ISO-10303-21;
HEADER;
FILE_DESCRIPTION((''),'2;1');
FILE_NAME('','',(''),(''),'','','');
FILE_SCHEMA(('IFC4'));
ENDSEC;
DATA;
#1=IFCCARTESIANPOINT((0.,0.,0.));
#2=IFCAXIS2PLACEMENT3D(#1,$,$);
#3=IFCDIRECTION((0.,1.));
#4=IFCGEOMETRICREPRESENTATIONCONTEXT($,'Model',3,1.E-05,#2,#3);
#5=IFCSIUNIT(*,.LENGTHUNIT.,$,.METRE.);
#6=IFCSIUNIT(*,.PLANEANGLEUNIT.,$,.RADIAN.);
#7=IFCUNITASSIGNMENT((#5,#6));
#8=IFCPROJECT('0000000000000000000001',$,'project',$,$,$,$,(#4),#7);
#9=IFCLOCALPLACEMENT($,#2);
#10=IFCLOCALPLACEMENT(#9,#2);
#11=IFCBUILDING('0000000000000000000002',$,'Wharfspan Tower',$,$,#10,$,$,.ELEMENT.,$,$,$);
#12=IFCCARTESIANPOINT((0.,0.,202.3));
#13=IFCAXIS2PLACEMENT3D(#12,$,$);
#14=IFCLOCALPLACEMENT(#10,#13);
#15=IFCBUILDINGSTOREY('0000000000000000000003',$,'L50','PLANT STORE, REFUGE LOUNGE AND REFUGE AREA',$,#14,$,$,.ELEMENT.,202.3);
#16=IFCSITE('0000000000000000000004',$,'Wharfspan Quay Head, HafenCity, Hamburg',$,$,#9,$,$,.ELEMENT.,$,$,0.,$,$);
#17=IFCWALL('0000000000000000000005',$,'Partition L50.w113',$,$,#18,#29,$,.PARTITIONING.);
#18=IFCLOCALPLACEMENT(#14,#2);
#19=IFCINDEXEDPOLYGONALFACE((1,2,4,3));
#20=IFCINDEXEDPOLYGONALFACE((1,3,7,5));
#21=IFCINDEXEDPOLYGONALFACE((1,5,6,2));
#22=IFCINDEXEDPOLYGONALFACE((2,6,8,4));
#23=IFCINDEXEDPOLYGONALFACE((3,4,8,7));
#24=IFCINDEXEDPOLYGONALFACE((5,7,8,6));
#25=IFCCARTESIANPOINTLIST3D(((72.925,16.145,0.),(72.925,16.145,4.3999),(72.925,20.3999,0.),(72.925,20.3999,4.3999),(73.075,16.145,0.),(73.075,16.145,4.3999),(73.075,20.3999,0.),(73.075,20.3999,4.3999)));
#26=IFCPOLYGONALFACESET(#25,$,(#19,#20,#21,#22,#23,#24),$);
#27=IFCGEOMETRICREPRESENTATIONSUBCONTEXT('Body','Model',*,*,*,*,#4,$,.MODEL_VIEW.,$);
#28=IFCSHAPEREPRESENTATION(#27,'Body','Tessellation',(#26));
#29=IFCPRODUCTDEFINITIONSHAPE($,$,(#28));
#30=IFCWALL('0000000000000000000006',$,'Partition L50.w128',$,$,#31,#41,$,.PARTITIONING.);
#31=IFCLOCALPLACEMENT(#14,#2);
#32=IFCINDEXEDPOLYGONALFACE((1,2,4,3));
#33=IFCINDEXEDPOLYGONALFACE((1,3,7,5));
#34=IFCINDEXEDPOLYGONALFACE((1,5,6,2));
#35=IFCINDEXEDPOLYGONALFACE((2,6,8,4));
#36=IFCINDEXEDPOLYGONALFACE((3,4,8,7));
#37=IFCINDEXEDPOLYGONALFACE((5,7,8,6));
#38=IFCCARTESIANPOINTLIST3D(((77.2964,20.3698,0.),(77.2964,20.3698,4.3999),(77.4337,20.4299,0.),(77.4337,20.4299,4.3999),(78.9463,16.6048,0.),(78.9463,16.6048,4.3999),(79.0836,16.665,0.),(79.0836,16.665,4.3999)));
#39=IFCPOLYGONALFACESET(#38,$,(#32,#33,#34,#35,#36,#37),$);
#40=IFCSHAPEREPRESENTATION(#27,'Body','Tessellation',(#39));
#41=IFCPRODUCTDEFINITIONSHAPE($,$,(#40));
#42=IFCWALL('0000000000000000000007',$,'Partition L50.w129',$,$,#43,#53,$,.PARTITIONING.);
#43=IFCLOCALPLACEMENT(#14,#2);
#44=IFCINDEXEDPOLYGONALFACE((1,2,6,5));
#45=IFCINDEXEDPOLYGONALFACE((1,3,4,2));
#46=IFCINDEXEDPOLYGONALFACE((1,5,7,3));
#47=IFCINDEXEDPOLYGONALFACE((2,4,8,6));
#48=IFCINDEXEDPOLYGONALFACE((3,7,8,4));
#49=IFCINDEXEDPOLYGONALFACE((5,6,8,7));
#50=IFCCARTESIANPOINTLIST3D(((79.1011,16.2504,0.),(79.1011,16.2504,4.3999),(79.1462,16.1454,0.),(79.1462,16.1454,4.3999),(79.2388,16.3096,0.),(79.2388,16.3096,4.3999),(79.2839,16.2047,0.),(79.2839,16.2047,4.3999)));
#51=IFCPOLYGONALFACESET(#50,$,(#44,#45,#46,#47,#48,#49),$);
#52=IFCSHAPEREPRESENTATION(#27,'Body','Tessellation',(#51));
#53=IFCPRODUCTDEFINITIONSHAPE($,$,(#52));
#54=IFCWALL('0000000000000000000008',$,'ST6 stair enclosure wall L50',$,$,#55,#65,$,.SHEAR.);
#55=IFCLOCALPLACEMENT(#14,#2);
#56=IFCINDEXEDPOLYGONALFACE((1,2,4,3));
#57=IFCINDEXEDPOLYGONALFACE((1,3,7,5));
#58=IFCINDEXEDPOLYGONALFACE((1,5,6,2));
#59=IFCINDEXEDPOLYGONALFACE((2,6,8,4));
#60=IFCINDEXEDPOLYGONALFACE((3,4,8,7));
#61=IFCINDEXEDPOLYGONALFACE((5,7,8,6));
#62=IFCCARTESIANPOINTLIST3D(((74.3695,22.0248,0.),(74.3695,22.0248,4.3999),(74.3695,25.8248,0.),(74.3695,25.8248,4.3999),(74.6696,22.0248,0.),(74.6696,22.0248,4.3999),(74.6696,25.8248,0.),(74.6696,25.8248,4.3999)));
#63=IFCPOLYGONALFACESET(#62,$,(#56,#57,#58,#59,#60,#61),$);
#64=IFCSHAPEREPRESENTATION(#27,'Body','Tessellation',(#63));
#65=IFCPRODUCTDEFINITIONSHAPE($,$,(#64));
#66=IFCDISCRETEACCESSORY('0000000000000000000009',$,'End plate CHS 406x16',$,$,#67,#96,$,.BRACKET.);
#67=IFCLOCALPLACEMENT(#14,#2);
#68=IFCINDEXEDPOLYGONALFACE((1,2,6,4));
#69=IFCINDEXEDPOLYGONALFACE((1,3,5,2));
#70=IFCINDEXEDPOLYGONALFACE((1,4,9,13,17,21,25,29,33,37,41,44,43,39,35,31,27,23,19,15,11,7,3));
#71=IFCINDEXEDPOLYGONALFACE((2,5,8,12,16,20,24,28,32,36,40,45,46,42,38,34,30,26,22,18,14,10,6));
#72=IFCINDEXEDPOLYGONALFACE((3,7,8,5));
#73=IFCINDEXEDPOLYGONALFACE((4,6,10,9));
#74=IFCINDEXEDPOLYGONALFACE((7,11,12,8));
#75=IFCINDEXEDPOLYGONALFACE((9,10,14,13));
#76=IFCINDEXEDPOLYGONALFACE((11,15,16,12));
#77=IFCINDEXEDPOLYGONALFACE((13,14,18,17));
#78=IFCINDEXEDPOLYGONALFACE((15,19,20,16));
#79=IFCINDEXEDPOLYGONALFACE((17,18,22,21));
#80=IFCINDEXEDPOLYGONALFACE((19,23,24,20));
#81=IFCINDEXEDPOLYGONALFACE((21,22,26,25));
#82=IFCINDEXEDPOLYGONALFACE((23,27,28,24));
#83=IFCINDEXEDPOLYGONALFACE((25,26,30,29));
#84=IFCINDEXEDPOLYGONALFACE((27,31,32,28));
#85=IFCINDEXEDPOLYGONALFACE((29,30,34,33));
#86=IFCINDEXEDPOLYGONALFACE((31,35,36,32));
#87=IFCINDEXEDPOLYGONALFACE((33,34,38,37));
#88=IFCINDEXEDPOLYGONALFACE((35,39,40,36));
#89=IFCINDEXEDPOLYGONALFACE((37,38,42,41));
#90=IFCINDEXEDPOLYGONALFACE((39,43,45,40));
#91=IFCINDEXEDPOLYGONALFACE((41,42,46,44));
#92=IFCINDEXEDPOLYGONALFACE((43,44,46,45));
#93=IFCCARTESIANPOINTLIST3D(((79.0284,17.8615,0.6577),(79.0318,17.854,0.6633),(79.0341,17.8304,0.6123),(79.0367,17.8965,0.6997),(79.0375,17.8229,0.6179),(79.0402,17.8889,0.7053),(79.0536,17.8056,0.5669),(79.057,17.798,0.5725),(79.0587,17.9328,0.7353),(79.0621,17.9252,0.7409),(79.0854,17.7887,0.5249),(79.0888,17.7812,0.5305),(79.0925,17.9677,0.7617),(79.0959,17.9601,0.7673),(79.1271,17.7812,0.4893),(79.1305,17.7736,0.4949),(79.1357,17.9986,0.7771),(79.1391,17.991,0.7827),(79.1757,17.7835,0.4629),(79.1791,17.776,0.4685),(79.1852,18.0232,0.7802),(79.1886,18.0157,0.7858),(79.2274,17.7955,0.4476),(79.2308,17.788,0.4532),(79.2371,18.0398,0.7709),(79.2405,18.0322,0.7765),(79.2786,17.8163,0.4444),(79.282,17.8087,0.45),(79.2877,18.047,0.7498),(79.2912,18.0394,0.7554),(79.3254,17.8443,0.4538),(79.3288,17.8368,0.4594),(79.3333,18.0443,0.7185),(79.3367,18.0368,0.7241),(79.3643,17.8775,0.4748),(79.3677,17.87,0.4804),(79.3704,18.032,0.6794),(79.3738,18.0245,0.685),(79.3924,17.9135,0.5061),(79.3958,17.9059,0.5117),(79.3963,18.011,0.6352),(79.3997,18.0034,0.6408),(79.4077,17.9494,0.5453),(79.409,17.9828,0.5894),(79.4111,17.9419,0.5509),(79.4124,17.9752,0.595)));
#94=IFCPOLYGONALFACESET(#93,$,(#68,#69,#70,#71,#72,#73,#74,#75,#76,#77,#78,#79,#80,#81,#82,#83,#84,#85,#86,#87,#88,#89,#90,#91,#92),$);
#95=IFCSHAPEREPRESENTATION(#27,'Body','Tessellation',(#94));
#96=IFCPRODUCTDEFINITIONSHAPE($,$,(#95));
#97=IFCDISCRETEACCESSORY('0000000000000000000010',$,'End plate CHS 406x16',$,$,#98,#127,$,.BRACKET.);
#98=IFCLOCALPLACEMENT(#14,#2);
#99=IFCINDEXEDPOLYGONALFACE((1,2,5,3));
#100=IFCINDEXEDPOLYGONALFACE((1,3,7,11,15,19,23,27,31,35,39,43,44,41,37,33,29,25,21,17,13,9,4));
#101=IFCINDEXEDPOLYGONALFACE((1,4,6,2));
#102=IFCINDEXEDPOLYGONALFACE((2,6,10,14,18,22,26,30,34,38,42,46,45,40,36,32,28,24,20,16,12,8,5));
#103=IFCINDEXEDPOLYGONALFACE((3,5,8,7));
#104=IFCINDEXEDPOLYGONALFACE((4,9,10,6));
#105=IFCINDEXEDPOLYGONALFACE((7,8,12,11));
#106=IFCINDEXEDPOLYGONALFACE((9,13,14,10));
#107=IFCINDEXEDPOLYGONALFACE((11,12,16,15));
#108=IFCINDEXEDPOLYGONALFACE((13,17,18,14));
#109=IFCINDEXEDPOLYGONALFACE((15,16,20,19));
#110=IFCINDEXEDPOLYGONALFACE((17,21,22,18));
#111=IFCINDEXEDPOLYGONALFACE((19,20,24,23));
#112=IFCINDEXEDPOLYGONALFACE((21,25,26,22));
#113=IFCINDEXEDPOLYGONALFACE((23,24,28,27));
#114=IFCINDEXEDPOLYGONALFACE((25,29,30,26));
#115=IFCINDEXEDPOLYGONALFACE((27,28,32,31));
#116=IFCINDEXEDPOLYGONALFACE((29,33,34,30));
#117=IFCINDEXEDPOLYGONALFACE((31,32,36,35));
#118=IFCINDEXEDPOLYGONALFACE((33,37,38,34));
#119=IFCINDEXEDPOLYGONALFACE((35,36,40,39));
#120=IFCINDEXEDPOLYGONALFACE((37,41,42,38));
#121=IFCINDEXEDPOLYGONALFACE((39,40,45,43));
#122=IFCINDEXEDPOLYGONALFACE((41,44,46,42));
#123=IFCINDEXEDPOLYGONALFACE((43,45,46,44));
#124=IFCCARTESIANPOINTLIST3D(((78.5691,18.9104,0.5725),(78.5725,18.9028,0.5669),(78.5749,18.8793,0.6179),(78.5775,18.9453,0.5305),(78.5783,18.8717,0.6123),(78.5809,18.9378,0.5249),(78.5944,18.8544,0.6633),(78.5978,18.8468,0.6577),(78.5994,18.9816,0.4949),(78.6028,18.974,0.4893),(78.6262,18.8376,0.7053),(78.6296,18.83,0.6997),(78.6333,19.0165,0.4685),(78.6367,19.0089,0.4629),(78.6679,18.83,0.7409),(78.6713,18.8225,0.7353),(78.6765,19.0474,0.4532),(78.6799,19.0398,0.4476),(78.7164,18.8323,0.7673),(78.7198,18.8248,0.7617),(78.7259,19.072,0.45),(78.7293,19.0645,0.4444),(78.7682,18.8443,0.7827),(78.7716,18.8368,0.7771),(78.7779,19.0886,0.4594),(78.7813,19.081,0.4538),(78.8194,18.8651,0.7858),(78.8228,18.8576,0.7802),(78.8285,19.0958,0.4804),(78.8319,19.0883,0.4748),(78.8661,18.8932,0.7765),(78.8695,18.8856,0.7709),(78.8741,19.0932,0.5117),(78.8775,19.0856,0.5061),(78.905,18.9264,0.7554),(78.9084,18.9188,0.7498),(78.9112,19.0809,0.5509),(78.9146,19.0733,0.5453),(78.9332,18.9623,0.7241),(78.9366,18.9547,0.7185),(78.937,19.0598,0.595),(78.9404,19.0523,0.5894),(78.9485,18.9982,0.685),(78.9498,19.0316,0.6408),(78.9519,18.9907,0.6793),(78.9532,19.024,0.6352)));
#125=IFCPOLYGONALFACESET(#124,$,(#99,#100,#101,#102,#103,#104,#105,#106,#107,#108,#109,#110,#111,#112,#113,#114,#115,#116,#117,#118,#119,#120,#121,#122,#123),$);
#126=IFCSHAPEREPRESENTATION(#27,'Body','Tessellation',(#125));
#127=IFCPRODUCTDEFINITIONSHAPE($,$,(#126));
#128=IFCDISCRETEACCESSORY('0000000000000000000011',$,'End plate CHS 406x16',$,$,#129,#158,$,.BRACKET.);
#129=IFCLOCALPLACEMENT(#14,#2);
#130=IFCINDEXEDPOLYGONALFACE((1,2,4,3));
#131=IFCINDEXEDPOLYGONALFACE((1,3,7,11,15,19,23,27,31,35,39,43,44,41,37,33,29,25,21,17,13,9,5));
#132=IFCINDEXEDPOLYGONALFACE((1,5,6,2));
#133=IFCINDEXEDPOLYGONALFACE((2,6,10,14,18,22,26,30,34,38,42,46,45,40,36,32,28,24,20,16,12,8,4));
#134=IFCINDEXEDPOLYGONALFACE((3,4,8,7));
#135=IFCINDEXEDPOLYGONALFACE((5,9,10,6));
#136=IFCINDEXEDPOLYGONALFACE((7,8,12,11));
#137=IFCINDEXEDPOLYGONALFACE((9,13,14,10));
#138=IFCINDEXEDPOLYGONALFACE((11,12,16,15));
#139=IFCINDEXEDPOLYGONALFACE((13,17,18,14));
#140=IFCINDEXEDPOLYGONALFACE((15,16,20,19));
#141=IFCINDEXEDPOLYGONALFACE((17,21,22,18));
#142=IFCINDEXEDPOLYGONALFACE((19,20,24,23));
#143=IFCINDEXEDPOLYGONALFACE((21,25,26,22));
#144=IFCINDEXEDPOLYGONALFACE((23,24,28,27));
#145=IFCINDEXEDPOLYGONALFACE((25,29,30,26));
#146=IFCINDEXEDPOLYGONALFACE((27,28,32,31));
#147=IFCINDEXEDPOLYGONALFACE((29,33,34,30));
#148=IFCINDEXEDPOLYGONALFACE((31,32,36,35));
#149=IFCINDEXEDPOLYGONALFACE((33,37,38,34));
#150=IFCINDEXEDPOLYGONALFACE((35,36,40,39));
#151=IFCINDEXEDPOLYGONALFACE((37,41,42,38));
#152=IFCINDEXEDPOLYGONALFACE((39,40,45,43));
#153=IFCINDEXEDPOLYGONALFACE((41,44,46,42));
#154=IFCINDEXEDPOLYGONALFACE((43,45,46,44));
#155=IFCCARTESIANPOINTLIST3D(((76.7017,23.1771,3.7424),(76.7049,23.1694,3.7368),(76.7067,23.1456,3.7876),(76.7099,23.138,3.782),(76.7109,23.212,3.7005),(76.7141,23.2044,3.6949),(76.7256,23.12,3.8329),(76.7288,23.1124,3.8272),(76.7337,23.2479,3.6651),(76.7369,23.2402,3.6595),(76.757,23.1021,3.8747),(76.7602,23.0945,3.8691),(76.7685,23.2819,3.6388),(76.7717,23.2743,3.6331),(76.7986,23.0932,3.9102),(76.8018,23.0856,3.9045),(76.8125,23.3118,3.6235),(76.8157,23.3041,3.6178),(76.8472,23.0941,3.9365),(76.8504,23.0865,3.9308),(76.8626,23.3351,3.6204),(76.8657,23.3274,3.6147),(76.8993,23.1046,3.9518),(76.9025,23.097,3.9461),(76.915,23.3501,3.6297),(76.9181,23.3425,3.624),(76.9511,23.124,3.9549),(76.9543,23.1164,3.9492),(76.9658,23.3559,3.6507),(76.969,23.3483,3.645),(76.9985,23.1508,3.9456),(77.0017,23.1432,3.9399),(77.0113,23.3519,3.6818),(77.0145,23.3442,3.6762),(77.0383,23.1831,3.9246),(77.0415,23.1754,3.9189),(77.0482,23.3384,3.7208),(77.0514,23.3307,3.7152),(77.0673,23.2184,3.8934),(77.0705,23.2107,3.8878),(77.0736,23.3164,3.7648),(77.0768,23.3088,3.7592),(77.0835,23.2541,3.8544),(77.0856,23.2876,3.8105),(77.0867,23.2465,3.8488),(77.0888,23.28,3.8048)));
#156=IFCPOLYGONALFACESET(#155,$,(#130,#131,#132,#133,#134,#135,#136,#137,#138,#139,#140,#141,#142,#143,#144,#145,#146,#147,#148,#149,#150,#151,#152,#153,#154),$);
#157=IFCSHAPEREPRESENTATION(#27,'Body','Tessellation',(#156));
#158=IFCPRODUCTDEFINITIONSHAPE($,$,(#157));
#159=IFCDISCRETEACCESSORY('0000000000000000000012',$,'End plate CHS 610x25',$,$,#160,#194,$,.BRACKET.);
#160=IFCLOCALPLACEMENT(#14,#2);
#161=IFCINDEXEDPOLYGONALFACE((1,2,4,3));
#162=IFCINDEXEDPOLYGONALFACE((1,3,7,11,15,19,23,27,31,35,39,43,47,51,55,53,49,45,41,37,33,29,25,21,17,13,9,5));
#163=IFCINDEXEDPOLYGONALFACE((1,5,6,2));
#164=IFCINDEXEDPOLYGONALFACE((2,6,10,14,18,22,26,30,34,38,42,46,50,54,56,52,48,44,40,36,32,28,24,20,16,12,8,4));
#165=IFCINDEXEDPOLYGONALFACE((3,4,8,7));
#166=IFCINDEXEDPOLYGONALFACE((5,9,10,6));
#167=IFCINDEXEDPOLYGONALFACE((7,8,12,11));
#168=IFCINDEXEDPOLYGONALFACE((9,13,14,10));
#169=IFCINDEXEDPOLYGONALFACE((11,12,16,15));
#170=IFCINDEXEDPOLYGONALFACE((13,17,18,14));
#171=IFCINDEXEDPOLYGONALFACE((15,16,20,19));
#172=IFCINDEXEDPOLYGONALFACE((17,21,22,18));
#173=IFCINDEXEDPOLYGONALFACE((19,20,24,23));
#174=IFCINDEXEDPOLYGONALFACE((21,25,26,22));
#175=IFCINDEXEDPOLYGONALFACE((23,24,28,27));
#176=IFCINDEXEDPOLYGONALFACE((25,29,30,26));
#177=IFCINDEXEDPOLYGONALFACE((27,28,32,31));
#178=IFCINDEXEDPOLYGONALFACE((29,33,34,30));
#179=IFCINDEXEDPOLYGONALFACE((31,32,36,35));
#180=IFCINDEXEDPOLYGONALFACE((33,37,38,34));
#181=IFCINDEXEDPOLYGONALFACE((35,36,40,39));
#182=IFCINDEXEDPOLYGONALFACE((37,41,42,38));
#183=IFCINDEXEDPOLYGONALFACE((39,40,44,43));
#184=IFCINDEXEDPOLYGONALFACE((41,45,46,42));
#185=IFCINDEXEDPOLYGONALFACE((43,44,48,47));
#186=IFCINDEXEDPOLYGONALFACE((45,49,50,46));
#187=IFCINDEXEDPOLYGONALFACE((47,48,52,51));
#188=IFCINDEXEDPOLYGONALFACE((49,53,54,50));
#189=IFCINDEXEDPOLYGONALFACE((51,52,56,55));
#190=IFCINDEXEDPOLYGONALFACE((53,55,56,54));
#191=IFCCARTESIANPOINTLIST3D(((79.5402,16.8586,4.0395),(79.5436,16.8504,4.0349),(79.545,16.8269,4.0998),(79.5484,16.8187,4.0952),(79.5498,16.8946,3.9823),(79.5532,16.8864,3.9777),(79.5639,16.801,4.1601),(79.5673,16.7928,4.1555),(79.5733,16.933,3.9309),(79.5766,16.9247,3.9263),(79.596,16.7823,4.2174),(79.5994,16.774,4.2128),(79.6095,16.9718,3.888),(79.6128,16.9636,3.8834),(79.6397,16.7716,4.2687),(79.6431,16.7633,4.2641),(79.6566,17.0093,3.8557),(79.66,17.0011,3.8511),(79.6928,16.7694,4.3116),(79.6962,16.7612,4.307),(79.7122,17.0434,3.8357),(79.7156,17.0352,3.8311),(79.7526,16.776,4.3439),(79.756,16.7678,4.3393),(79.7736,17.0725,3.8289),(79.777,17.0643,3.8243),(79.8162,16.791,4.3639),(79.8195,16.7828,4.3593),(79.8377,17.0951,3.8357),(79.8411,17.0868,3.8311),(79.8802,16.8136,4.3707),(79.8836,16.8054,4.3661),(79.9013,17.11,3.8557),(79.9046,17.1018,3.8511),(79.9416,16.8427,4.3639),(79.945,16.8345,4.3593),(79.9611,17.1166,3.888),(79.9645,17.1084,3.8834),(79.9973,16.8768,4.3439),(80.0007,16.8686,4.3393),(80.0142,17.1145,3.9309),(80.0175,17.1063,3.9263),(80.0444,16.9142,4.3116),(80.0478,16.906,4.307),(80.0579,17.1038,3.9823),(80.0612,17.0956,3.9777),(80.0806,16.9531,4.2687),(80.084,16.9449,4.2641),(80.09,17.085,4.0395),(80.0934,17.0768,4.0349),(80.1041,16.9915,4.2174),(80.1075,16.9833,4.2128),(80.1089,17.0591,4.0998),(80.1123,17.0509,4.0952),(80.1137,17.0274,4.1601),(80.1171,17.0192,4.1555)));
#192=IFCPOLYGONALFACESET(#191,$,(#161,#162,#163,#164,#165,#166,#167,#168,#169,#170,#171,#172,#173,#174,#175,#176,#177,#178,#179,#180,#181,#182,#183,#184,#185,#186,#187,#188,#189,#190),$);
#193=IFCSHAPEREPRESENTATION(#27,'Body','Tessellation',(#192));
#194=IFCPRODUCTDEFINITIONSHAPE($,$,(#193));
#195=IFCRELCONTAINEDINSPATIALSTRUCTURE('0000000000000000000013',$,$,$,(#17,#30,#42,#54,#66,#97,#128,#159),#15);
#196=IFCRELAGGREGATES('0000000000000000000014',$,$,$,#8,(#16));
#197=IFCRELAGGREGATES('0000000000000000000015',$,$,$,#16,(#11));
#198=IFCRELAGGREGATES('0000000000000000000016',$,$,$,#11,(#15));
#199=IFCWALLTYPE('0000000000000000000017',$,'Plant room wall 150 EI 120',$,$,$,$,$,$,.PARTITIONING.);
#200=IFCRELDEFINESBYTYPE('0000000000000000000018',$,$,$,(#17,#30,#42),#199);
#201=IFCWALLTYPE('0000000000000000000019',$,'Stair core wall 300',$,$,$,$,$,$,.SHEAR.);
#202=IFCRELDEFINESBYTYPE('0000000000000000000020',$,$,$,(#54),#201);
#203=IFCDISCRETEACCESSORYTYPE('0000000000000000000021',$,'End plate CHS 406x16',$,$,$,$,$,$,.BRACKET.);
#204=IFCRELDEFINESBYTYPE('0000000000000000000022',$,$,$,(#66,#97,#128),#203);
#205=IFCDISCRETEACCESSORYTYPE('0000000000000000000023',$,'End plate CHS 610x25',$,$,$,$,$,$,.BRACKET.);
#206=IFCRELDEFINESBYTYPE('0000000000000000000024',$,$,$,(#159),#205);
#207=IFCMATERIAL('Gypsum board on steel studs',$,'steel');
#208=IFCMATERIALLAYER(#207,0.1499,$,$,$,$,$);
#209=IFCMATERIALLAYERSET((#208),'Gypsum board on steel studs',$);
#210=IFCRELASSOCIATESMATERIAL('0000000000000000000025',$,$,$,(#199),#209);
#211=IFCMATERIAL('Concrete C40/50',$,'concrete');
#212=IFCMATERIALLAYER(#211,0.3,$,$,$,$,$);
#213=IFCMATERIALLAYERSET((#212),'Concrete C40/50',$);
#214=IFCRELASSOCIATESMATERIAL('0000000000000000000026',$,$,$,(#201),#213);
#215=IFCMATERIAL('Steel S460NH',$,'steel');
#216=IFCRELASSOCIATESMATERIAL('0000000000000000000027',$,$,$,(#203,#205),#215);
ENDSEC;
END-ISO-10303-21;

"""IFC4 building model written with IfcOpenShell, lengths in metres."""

from ifc_helpers import new_model, si_unit, direction, frame, frame_2d, origin, origin_2d, place, context, subcontext, project, spatial, rectangle, circle, extrude, material, layer, layer_set, material_profile, profile_set, type_object, element, save


model = new_model("IFC4")

# Units and contexts
model_context = context("Model", 3, precision=1e-05, world=origin(), true_north=direction((0.0, 1.0)))
body_context = subcontext(model_context, "Body", "Model", "MODEL_VIEW")
ifc_project = project(units=[si_unit("LENGTHUNIT", "METRE"), si_unit("PLANEANGLEUNIT", "RADIAN")], contexts=[model_context])

# Site, building, storey
site_placement = place(None, origin())
site = spatial("IfcSite", under=ifc_project, at=site_placement, Name="Wharfspan Quay Head, HafenCity, Hamburg", CompositionType="ELEMENT", RefElevation=0.0)
building_placement = place(site_placement, origin())
building = spatial("IfcBuilding", under=site, at=building_placement, Name="Wharfspan Tower", CompositionType="ELEMENT")
storey_placement = place(building_placement, frame((0.0, 0.0, 202.3)))
storey = spatial("IfcBuildingStorey", under=building, at=storey_placement, Name="L50", Description="PLANT STORE, REFUGE LOUNGE AND REFUGE AREA", CompositionType="ELEMENT", Elevation=202.3)

# Shared definitions
ifc_material_1 = material(Name="Steel S460NH", Category="steel")

# Walls
ifc_material_2 = material(Name="Gypsum board on steel studs", Category="steel")
ifc_layer_1 = layer(ifc_material_2, 0.1499)
ifc_layer_set_1 = layer_set([ifc_layer_1], Name="Gypsum board on steel studs")
wall_type_1 = type_object("IfcWallType", Name="Plant room wall 150 EI 120", PredefinedType="PARTITIONING", material=ifc_layer_set_1)
wall_1_placement = place(storey_placement, frame((73.0, 16.145, 0.0), z_axis=(0.0, 0.0, 1.0), x_axis=(0.0, 1.0, 0.0)))
element("IfcWall", 1, at=wall_1_placement, inside=storey, type_object=wall_type_1, Name="Partition L50.w113", PredefinedType="PARTITIONING", context=body_context, shape_type="SweptSolid", body=[
    extrude(rectangle(XDim=4.2549, YDim=0.1499, at=frame_2d((2.1274, 0.0))), origin(), (0.0, 0.0, 1.0), 4.3999),
])
wall_2_placement = place(storey_placement, frame((79.0149, 16.635, 0.0), z_axis=(0.0, 0.0, 1.0), x_axis=(-0.401383, 0.915911, 0.0)))
element("IfcWall", 2, at=wall_2_placement, inside=storey, type_object=wall_type_1, Name="Partition L50.w128", PredefinedType="PARTITIONING", context=body_context, shape_type="SweptSolid", body=[
    extrude(rectangle(XDim=4.1106, YDim=0.1499, at=frame_2d((2.0552, 0.0))), origin(), (0.0, 0.0, 1.0), 4.3999),
])
wall_3_placement = place(storey_placement, frame((79.2151, 16.175, 0.0), z_axis=(0.0, 0.0, 1.0), x_axis=(-0.395209, 0.918594, 0.0)))
element("IfcWall", 3, at=wall_3_placement, inside=storey, type_object=wall_type_1, Name="Partition L50.w129", PredefinedType="PARTITIONING", context=body_context, shape_type="SweptSolid", body=[
    extrude(rectangle(XDim=0.1143, YDim=0.1499, at=frame_2d((0.0571, 0.0))), origin(), (0.0, 0.0, 1.0), 4.3999),
])
ifc_material_3 = material(Name="Concrete C40/50", Category="concrete")
ifc_layer_2 = layer(ifc_material_3, 0.3)
ifc_layer_set_2 = layer_set([ifc_layer_2], Name="Concrete C40/50")
wall_type_2 = type_object("IfcWallType", Name="Stair core wall 300", PredefinedType="SHEAR", material=ifc_layer_set_2)
wall_4_placement = place(storey_placement, frame((74.5195, 22.0249, 0.0), z_axis=(0.0, 0.0, 1.0), x_axis=(0.0, 1.0, 0.0)))
element("IfcWall", 4, at=wall_4_placement, inside=storey, type_object=wall_type_2, Name="ST6 stair enclosure wall L50", PredefinedType="SHEAR", context=body_context, shape_type="SweptSolid", body=[
    extrude(rectangle(XDim=3.8, YDim=0.3, at=frame_2d((1.8999, 0.0))), origin(), (0.0, 0.0, 1.0), 4.3999),
])

# Discrete accessories
ifc_material_profile_1 = material_profile(ifc_material_1, circle(Radius=0.2031, at=origin_2d()))
ifc_profile_set_1 = profile_set([ifc_material_profile_1], Name="Steel S460NH")
discrete_accessory_type_1 = type_object("IfcDiscreteAccessoryType", Name="End plate CHS 406x16", PredefinedType="BRACKET", material=ifc_profile_set_1)
for number, where, z_axis, x_axis, name in (
    (5, (79.2227, 17.9065, 0.6179), (-0.340957, 0.754976, -0.560143), (-0.911372, -0.411586, 0.000002), "End plate CHS 406x16"),
    (6, (78.7634, 18.9553, 0.6123), (-0.340957, 0.754976, 0.560143), (-0.911372, -0.411586, -0.000002), "End plate CHS 406x16"),
    (7, (76.8972, 23.2166, 3.782), (-0.319169, 0.761094, 0.564683), (-0.92219, -0.386727, 0.000002), "End plate CHS 406x16"),
):
    element("IfcDiscreteAccessory", number, at=place(storey_placement, frame(where, z_axis=z_axis, x_axis=x_axis)), inside=storey, type_object=discrete_accessory_type_1, Name=name, PredefinedType="BRACKET", context=body_context, shape_type="SweptSolid", body=[
        extrude(circle(Radius=0.2031, at=origin_2d()), origin(), (0.0, 0.0, 1.0), 0.01),
    ])
ifc_material_profile_2 = material_profile(ifc_material_1, circle(Radius=0.3049, at=origin_2d()))
ifc_profile_set_2 = profile_set([ifc_material_profile_2], Name="Steel S460NH")
discrete_accessory_type_2 = type_object("IfcDiscreteAccessoryType", Name="End plate CHS 610x25", PredefinedType="BRACKET", material=ifc_profile_set_2)
for number, where, z_axis, x_axis, name in (
    (8, (79.8303, 16.9348, 4.0952), (-0.338259, 0.821486, 0.459066), (-0.924676, -0.380749, 0.0), "End plate CHS 610x25"),
):
    element("IfcDiscreteAccessory", number, at=place(storey_placement, frame(where, z_axis=z_axis, x_axis=x_axis)), inside=storey, type_object=discrete_accessory_type_2, Name=name, PredefinedType="BRACKET", context=body_context, shape_type="SweptSolid", body=[
        extrude(circle(Radius=0.3049, at=origin_2d()), origin(), (0.0, 0.0, 1.0), 0.01),
    ])

save(model, "model.ifc")
